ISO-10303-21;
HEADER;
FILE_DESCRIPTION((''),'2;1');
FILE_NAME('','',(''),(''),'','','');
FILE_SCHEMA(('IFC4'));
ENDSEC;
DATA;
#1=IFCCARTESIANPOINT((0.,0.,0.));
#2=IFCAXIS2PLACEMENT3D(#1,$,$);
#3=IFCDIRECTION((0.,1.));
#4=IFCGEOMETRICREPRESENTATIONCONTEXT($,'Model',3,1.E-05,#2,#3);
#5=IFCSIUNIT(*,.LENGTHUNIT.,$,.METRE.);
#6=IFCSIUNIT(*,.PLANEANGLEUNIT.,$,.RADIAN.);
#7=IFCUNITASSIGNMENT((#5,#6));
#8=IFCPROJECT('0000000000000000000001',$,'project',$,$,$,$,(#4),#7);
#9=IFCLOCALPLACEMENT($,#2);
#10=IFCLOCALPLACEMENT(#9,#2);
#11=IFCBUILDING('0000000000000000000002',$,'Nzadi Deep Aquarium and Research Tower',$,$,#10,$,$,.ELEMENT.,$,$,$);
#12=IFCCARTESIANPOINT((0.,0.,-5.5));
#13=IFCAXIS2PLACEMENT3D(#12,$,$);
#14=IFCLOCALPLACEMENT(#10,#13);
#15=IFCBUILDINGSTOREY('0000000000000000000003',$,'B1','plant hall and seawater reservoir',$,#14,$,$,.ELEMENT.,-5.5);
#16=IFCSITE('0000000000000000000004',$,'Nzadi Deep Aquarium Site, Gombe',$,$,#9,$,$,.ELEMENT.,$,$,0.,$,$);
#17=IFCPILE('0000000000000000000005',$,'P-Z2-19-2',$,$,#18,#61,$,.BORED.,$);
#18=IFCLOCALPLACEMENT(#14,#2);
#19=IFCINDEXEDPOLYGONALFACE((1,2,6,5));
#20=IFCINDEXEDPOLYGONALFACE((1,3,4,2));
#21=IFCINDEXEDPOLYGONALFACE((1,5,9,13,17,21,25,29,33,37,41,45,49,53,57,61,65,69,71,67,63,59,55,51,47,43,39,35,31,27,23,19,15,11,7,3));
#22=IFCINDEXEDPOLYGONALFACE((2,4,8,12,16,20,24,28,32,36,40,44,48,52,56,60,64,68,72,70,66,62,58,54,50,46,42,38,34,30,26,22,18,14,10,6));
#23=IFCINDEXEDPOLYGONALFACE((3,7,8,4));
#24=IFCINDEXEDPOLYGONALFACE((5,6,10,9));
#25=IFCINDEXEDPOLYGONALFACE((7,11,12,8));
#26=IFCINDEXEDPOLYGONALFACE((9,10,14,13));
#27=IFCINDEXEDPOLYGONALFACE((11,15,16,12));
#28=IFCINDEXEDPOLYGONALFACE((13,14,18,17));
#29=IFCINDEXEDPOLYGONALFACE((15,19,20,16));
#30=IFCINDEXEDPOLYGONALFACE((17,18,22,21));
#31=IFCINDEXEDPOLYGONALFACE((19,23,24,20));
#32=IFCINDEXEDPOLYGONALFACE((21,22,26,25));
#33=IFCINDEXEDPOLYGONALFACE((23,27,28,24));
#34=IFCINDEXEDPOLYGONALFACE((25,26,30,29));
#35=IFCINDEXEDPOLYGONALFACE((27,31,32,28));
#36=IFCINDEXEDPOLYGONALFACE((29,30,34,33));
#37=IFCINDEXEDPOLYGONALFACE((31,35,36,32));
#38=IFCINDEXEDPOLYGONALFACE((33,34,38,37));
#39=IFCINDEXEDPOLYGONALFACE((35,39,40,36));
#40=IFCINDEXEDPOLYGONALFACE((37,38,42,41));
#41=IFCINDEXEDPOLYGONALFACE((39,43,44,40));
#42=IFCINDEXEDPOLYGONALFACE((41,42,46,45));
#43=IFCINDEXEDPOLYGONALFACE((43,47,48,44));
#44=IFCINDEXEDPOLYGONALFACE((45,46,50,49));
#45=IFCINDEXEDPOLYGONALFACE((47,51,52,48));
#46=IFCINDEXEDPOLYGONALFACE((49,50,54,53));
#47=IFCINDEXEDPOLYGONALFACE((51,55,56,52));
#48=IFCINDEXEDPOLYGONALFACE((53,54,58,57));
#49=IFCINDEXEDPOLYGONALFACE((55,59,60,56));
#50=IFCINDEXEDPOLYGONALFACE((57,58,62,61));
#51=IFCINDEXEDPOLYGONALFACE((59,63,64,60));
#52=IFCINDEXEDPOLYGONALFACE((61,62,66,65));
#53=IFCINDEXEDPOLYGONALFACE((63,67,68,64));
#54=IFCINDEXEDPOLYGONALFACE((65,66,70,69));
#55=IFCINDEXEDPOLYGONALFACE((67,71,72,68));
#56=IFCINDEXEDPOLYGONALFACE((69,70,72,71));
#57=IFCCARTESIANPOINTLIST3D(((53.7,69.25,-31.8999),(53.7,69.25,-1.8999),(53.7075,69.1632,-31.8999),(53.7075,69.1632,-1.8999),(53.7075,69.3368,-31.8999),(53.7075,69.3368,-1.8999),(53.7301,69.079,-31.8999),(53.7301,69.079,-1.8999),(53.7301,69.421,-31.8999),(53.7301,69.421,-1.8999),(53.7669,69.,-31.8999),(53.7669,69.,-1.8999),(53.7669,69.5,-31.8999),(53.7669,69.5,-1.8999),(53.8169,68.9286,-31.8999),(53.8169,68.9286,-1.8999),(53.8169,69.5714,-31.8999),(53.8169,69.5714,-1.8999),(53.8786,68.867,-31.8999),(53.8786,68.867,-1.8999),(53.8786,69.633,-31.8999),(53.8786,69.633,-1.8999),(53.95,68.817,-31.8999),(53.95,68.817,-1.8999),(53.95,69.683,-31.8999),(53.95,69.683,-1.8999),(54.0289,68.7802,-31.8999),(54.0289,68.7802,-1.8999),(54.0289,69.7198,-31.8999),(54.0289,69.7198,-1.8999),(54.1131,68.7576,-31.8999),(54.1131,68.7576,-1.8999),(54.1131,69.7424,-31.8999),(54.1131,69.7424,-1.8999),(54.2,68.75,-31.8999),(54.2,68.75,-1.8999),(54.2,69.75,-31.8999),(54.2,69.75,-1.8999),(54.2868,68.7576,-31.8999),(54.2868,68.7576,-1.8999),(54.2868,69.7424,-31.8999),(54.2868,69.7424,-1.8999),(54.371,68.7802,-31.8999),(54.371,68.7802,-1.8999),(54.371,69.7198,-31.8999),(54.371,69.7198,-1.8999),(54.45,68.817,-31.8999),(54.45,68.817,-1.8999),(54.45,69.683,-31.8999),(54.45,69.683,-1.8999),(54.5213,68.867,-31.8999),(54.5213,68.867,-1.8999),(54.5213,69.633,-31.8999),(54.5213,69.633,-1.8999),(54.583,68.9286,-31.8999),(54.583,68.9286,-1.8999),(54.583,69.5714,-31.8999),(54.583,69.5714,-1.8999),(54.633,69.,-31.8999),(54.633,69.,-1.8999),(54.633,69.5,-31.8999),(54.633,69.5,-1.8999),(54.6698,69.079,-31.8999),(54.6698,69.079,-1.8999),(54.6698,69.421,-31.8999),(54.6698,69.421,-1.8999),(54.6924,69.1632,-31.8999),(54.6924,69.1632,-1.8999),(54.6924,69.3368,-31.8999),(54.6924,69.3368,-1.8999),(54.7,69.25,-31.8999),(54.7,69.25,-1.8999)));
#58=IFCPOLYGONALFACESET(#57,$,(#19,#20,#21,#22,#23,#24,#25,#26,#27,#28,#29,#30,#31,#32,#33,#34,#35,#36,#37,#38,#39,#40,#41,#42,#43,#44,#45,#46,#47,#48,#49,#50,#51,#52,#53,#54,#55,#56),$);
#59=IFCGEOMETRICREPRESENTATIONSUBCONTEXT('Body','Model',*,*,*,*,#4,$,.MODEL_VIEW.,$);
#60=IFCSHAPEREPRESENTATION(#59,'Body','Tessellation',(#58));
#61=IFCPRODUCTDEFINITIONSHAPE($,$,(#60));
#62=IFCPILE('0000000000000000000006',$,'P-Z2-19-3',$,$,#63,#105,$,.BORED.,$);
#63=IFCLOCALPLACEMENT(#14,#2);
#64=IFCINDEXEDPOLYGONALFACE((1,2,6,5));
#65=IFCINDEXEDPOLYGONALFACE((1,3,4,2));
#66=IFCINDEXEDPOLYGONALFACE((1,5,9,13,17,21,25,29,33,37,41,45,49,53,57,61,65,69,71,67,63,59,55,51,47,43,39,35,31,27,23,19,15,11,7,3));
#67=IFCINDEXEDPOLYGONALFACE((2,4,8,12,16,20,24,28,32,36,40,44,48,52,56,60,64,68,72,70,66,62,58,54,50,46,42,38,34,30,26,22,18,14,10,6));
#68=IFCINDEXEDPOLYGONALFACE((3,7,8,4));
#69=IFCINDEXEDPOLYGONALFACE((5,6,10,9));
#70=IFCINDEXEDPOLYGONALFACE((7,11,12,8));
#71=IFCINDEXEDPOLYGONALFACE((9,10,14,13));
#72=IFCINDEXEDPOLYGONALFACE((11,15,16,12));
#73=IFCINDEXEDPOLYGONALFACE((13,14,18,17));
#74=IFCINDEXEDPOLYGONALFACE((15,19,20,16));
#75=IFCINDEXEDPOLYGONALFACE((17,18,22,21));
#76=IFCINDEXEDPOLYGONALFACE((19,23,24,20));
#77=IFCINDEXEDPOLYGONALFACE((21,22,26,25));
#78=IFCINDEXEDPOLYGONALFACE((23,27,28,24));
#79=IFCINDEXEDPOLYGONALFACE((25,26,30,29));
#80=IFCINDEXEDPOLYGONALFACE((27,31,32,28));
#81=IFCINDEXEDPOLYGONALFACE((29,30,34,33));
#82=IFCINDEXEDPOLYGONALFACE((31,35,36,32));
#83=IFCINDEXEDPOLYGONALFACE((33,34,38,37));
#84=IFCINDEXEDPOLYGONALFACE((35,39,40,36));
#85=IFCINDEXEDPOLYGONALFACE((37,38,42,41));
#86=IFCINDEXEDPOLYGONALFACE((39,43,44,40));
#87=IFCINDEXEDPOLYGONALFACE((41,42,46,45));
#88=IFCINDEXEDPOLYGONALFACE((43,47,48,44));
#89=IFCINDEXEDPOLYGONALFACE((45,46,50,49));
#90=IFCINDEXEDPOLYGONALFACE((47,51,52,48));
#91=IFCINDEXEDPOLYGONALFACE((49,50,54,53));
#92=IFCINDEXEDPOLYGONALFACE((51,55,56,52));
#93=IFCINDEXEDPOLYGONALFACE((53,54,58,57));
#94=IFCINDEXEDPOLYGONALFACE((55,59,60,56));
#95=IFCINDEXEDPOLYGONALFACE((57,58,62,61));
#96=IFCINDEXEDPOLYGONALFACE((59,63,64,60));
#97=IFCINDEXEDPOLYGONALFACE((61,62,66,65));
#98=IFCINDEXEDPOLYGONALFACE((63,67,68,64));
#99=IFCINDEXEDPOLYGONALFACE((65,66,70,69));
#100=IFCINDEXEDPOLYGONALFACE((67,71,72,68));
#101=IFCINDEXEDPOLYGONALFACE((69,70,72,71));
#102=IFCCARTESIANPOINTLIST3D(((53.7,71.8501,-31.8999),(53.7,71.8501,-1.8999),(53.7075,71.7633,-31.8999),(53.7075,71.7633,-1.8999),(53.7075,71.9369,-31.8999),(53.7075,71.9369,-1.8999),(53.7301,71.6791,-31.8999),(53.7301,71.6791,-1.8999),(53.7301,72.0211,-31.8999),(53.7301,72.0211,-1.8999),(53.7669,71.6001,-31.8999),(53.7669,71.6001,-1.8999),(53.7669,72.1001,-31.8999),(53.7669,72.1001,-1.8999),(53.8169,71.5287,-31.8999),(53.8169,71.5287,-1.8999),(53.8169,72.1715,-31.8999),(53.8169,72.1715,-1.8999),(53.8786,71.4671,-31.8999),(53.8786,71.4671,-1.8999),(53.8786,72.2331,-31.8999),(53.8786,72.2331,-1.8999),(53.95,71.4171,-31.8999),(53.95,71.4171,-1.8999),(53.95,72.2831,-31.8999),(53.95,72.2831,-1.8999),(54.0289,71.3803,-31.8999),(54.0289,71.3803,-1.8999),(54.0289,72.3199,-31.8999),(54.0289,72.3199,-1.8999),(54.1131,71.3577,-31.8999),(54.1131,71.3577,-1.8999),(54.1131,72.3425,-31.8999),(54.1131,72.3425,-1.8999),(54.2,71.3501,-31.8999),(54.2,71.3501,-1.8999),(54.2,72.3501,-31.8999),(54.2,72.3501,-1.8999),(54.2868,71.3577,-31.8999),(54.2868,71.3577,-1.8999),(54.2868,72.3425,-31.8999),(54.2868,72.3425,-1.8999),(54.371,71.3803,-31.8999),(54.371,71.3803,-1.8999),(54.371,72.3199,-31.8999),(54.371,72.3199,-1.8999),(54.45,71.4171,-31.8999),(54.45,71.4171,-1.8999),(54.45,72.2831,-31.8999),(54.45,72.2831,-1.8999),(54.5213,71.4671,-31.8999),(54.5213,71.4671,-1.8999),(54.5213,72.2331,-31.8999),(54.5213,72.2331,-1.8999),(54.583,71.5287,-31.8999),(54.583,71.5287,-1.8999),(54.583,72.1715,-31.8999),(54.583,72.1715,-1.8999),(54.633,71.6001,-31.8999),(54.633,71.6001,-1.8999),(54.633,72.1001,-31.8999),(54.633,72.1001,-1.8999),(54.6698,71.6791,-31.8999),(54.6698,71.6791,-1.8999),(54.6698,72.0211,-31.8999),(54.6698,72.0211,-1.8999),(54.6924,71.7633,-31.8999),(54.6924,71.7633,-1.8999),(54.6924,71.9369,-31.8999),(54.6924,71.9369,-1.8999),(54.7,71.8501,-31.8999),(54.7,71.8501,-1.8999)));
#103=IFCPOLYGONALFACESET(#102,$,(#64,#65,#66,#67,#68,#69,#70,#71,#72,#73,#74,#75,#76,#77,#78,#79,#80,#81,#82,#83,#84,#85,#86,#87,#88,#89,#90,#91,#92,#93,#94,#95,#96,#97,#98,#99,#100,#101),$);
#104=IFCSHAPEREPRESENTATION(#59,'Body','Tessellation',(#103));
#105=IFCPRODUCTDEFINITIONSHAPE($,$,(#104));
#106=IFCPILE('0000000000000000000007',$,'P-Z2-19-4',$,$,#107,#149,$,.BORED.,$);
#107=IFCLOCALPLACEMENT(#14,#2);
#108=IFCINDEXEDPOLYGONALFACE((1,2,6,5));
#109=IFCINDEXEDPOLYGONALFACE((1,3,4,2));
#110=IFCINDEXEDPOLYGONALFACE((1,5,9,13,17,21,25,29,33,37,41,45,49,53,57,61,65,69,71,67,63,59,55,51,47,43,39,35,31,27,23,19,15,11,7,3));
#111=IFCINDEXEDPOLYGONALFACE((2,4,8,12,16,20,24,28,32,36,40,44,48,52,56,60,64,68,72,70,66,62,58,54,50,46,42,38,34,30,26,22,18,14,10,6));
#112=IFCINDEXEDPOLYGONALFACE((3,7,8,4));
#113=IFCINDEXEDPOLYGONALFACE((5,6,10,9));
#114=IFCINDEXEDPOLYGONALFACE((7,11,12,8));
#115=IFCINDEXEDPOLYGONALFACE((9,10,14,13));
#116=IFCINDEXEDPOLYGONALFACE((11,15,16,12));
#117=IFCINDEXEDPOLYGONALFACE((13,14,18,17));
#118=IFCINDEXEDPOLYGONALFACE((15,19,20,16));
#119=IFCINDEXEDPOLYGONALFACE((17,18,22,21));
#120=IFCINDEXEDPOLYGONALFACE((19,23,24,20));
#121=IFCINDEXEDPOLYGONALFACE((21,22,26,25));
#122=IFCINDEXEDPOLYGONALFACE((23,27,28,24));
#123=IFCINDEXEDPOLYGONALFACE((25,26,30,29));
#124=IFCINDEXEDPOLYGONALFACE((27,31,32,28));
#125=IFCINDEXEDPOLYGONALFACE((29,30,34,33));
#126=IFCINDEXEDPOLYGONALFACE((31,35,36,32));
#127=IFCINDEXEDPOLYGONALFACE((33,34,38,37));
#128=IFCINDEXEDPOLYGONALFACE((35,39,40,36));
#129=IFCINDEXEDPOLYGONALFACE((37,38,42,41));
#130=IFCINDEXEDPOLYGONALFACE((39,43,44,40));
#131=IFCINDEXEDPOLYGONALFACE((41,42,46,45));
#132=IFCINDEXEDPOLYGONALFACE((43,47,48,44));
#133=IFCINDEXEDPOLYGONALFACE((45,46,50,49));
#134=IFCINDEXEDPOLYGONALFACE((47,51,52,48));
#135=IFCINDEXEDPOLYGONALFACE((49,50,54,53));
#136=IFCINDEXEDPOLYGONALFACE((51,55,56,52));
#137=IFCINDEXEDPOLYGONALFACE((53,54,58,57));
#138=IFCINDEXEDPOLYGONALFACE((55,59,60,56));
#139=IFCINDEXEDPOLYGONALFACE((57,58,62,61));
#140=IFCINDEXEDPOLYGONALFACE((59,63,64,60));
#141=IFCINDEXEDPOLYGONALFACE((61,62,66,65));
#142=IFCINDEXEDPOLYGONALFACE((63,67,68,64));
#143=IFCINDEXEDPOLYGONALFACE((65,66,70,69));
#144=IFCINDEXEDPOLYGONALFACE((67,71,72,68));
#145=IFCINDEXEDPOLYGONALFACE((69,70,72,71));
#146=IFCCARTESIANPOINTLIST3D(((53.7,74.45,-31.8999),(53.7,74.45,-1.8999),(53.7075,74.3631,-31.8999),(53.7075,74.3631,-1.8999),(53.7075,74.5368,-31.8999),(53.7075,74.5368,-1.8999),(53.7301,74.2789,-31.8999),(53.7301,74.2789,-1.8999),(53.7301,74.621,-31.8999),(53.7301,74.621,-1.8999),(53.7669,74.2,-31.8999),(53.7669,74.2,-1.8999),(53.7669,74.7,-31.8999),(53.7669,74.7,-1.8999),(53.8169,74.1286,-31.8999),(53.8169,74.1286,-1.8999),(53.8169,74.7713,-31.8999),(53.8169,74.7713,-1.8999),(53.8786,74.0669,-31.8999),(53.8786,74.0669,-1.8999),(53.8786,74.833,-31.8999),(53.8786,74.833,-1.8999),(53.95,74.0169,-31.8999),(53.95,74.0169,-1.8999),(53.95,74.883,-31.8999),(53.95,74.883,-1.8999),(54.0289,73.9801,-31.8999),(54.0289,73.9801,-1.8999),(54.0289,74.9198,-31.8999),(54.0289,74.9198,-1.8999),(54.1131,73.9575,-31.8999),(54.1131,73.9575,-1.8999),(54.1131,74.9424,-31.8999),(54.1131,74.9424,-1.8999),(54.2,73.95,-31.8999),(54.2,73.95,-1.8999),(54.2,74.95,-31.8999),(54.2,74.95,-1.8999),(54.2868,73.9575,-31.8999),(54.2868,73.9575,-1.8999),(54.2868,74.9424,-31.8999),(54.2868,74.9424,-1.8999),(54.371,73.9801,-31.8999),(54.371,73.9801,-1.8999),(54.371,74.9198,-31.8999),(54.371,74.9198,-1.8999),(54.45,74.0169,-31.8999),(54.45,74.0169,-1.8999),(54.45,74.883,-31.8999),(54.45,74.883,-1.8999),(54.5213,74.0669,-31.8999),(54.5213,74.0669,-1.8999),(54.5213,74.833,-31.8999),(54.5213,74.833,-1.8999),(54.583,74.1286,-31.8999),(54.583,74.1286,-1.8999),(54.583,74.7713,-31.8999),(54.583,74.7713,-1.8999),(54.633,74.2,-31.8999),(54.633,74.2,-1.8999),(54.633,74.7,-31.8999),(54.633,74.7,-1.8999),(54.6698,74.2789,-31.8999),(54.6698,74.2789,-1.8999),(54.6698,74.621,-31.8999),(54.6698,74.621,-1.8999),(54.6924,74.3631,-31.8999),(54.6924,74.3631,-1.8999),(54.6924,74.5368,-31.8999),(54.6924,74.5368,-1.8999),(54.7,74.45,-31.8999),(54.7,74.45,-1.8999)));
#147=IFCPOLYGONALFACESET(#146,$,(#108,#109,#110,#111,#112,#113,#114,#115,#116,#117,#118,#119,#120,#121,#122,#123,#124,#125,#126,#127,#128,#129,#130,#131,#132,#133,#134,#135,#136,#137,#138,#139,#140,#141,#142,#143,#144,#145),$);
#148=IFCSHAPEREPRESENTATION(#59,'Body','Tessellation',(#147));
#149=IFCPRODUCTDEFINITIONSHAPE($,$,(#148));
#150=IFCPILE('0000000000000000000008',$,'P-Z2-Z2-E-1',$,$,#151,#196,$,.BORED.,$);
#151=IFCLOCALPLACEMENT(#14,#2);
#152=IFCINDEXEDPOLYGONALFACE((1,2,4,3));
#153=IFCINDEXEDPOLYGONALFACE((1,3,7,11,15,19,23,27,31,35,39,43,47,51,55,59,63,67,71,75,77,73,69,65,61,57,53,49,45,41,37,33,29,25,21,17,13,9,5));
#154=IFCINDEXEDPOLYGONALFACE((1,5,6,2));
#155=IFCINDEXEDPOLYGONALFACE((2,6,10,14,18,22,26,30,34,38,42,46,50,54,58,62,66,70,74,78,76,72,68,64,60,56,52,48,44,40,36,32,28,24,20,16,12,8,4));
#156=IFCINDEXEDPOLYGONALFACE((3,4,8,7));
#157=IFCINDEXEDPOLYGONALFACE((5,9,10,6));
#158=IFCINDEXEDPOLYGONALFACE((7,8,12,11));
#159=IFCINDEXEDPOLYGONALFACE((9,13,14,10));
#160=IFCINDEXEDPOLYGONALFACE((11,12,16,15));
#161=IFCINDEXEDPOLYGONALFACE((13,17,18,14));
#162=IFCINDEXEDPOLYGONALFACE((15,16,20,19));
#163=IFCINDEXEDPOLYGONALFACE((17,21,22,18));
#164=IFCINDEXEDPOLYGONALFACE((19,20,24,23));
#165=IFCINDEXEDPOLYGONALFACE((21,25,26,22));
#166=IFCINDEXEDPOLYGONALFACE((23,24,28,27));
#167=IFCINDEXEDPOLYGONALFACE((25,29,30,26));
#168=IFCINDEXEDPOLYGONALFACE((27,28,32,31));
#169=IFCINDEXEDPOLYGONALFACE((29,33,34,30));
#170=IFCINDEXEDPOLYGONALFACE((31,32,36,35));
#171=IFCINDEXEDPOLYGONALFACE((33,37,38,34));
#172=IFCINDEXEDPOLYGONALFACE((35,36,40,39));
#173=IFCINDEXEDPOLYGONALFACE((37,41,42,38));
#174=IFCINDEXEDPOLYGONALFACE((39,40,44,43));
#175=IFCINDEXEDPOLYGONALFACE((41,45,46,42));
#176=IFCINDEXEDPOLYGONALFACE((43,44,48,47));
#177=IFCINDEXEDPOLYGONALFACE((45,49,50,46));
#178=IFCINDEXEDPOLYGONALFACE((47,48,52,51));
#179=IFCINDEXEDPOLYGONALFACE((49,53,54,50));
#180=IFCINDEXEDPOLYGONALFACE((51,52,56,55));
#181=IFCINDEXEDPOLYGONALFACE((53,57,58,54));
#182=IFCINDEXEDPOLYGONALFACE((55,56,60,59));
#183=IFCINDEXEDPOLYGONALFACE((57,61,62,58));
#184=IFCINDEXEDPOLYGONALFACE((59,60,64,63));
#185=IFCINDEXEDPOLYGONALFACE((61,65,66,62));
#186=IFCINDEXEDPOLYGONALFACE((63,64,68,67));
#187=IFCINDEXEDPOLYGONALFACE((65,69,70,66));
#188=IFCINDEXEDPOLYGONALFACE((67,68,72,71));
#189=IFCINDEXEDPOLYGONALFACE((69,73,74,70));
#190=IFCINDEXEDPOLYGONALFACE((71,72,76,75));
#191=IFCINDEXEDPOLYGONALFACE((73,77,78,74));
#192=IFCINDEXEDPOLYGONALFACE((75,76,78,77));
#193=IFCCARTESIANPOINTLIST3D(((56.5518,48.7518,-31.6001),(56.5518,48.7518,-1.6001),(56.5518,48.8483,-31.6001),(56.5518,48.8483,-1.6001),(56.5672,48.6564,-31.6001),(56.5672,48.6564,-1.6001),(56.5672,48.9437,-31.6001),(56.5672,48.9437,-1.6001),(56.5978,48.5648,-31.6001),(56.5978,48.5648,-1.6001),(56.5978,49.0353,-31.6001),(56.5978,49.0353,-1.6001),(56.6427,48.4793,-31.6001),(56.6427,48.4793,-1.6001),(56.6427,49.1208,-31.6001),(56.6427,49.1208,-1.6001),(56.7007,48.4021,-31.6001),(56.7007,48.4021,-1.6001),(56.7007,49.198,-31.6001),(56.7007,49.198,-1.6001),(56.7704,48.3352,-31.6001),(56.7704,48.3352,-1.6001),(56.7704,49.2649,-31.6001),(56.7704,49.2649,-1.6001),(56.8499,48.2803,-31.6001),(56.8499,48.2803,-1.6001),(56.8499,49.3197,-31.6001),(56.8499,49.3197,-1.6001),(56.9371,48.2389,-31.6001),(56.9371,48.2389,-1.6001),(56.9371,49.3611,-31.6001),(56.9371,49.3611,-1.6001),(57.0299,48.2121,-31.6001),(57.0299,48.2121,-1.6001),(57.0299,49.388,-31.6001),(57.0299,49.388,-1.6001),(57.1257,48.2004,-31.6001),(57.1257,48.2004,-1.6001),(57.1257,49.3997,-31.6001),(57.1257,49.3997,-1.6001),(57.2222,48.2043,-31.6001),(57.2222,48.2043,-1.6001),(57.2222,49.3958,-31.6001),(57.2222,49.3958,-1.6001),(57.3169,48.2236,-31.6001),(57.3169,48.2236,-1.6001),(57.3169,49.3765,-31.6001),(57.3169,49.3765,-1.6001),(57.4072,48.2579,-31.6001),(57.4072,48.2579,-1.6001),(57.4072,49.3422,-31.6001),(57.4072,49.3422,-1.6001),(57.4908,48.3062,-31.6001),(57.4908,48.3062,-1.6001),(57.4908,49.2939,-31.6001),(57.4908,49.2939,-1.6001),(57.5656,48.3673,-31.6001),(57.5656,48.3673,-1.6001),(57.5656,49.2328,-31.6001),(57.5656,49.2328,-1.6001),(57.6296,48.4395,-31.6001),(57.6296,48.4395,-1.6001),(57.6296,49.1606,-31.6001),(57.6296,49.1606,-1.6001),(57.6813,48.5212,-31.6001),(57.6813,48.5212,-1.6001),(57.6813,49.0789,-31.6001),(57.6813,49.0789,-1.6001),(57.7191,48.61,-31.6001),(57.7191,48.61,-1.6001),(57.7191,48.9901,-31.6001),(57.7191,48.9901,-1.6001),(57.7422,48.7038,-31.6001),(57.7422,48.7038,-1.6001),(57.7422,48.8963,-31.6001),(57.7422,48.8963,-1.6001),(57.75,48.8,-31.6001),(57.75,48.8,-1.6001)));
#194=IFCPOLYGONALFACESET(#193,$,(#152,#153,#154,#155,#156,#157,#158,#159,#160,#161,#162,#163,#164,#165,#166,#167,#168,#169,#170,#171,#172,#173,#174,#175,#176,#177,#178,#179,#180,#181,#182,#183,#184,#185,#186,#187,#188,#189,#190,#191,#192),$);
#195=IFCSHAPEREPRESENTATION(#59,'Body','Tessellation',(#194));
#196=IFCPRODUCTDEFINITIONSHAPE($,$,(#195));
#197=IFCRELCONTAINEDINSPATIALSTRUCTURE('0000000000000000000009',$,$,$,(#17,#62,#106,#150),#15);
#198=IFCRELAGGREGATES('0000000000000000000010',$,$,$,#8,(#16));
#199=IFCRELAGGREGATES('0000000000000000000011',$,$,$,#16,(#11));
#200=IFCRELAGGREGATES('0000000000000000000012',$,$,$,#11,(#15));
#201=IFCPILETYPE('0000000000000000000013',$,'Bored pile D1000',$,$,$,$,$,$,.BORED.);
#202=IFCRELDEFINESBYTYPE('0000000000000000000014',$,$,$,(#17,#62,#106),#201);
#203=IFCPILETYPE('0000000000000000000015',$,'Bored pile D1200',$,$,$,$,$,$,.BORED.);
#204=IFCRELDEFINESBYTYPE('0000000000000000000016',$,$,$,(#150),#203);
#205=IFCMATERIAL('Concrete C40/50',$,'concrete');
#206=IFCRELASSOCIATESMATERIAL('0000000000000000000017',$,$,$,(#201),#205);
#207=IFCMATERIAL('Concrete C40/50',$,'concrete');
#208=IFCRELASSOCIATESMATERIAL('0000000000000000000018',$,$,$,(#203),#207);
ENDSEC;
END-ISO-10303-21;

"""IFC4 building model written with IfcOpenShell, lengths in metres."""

from ifc_helpers import new_model, si_unit, direction, frame, origin, origin_2d, place, context, subcontext, project, spatial, circle, extrude, material, material_profile, profile_set, type_object, element, save


model = new_model("IFC4")

# Units and contexts
model_context = context("Model", 3, precision=1e-05, world=origin(), true_north=direction((0.0, 1.0)))
body_context = subcontext(model_context, "Body", "Model", "MODEL_VIEW")
ifc_project = project(units=[si_unit("LENGTHUNIT", "METRE"), si_unit("PLANEANGLEUNIT", "RADIAN")], contexts=[model_context])

# Site, building, storey
site_placement = place(None, origin())
site = spatial("IfcSite", under=ifc_project, at=site_placement, Name="Nzadi Deep Aquarium Site, Gombe", CompositionType="ELEMENT", RefElevation=0.0)
building_placement = place(site_placement, origin())
building = spatial("IfcBuilding", under=site, at=building_placement, Name="Nzadi Deep Aquarium and Research Tower", CompositionType="ELEMENT")
storey_placement = place(building_placement, frame((0.0, 0.0, -5.5)))
storey = spatial("IfcBuildingStorey", under=building, at=storey_placement, Name="B1", Description="plant hall and seawater reservoir", CompositionType="ELEMENT", Elevation=-5.5)

# Piles
ifc_material_1 = material(Name="Concrete C40/50", Category="concrete")
ifc_material_profile_1 = material_profile(ifc_material_1, circle(Radius=0.5, at=origin_2d()))
ifc_profile_set_1 = profile_set([ifc_material_profile_1], Name="Concrete C40/50")
pile_type_1 = type_object("IfcPileType", Name="Bored pile D1000", PredefinedType="BORED", material=ifc_profile_set_1)
for number, where, z_axis, x_axis, name in (
    (1, (54.2, 69.25, -1.8999), (0.0, 0.0, -1.0), (1.0, 0.0, 0.0), "P-Z2-19-2"),
    (2, (54.2, 71.8501, -1.8999), (0.0, 0.0, -1.0), (1.0, 0.0, 0.0), "P-Z2-19-3"),
    (3, (54.2, 74.45, -1.8999), (0.0, 0.0, -1.0), (1.0, 0.0, 0.0), "P-Z2-19-4"),
):
    element("IfcPile", number, at=place(storey_placement, frame(where, z_axis=z_axis, x_axis=x_axis)), inside=storey, type_object=pile_type_1, Name=name, PredefinedType="BORED", context=body_context, shape_type="SweptSolid", body=[
        extrude(circle(Radius=0.5, at=origin_2d()), origin(), (0.0, 0.0, 1.0), 30.0),
    ])
ifc_material_2 = material(Name="Concrete C40/50", Category="concrete")
ifc_material_profile_2 = material_profile(ifc_material_2, circle(Radius=0.6001, at=origin_2d()))
ifc_profile_set_2 = profile_set([ifc_material_profile_2], Name="Concrete C40/50")
pile_type_2 = type_object("IfcPileType", Name="Bored pile D1200", PredefinedType="BORED", material=ifc_profile_set_2)
for number, where, z_axis, x_axis, name in (
    (4, (57.1499, 48.8, -1.6001), (0.0, 0.0, -1.0), (1.0, 0.0, 0.0), "P-Z2-Z2-E-1"),
):
    element("IfcPile", number, at=place(storey_placement, frame(where, z_axis=z_axis, x_axis=x_axis)), inside=storey, type_object=pile_type_2, Name=name, PredefinedType="BORED", context=body_context, shape_type="SweptSolid", body=[
        extrude(circle(Radius=0.6001, at=origin_2d()), origin(), (0.0, 0.0, 1.0), 30.0),
    ])

save(model, "model.ifc")
